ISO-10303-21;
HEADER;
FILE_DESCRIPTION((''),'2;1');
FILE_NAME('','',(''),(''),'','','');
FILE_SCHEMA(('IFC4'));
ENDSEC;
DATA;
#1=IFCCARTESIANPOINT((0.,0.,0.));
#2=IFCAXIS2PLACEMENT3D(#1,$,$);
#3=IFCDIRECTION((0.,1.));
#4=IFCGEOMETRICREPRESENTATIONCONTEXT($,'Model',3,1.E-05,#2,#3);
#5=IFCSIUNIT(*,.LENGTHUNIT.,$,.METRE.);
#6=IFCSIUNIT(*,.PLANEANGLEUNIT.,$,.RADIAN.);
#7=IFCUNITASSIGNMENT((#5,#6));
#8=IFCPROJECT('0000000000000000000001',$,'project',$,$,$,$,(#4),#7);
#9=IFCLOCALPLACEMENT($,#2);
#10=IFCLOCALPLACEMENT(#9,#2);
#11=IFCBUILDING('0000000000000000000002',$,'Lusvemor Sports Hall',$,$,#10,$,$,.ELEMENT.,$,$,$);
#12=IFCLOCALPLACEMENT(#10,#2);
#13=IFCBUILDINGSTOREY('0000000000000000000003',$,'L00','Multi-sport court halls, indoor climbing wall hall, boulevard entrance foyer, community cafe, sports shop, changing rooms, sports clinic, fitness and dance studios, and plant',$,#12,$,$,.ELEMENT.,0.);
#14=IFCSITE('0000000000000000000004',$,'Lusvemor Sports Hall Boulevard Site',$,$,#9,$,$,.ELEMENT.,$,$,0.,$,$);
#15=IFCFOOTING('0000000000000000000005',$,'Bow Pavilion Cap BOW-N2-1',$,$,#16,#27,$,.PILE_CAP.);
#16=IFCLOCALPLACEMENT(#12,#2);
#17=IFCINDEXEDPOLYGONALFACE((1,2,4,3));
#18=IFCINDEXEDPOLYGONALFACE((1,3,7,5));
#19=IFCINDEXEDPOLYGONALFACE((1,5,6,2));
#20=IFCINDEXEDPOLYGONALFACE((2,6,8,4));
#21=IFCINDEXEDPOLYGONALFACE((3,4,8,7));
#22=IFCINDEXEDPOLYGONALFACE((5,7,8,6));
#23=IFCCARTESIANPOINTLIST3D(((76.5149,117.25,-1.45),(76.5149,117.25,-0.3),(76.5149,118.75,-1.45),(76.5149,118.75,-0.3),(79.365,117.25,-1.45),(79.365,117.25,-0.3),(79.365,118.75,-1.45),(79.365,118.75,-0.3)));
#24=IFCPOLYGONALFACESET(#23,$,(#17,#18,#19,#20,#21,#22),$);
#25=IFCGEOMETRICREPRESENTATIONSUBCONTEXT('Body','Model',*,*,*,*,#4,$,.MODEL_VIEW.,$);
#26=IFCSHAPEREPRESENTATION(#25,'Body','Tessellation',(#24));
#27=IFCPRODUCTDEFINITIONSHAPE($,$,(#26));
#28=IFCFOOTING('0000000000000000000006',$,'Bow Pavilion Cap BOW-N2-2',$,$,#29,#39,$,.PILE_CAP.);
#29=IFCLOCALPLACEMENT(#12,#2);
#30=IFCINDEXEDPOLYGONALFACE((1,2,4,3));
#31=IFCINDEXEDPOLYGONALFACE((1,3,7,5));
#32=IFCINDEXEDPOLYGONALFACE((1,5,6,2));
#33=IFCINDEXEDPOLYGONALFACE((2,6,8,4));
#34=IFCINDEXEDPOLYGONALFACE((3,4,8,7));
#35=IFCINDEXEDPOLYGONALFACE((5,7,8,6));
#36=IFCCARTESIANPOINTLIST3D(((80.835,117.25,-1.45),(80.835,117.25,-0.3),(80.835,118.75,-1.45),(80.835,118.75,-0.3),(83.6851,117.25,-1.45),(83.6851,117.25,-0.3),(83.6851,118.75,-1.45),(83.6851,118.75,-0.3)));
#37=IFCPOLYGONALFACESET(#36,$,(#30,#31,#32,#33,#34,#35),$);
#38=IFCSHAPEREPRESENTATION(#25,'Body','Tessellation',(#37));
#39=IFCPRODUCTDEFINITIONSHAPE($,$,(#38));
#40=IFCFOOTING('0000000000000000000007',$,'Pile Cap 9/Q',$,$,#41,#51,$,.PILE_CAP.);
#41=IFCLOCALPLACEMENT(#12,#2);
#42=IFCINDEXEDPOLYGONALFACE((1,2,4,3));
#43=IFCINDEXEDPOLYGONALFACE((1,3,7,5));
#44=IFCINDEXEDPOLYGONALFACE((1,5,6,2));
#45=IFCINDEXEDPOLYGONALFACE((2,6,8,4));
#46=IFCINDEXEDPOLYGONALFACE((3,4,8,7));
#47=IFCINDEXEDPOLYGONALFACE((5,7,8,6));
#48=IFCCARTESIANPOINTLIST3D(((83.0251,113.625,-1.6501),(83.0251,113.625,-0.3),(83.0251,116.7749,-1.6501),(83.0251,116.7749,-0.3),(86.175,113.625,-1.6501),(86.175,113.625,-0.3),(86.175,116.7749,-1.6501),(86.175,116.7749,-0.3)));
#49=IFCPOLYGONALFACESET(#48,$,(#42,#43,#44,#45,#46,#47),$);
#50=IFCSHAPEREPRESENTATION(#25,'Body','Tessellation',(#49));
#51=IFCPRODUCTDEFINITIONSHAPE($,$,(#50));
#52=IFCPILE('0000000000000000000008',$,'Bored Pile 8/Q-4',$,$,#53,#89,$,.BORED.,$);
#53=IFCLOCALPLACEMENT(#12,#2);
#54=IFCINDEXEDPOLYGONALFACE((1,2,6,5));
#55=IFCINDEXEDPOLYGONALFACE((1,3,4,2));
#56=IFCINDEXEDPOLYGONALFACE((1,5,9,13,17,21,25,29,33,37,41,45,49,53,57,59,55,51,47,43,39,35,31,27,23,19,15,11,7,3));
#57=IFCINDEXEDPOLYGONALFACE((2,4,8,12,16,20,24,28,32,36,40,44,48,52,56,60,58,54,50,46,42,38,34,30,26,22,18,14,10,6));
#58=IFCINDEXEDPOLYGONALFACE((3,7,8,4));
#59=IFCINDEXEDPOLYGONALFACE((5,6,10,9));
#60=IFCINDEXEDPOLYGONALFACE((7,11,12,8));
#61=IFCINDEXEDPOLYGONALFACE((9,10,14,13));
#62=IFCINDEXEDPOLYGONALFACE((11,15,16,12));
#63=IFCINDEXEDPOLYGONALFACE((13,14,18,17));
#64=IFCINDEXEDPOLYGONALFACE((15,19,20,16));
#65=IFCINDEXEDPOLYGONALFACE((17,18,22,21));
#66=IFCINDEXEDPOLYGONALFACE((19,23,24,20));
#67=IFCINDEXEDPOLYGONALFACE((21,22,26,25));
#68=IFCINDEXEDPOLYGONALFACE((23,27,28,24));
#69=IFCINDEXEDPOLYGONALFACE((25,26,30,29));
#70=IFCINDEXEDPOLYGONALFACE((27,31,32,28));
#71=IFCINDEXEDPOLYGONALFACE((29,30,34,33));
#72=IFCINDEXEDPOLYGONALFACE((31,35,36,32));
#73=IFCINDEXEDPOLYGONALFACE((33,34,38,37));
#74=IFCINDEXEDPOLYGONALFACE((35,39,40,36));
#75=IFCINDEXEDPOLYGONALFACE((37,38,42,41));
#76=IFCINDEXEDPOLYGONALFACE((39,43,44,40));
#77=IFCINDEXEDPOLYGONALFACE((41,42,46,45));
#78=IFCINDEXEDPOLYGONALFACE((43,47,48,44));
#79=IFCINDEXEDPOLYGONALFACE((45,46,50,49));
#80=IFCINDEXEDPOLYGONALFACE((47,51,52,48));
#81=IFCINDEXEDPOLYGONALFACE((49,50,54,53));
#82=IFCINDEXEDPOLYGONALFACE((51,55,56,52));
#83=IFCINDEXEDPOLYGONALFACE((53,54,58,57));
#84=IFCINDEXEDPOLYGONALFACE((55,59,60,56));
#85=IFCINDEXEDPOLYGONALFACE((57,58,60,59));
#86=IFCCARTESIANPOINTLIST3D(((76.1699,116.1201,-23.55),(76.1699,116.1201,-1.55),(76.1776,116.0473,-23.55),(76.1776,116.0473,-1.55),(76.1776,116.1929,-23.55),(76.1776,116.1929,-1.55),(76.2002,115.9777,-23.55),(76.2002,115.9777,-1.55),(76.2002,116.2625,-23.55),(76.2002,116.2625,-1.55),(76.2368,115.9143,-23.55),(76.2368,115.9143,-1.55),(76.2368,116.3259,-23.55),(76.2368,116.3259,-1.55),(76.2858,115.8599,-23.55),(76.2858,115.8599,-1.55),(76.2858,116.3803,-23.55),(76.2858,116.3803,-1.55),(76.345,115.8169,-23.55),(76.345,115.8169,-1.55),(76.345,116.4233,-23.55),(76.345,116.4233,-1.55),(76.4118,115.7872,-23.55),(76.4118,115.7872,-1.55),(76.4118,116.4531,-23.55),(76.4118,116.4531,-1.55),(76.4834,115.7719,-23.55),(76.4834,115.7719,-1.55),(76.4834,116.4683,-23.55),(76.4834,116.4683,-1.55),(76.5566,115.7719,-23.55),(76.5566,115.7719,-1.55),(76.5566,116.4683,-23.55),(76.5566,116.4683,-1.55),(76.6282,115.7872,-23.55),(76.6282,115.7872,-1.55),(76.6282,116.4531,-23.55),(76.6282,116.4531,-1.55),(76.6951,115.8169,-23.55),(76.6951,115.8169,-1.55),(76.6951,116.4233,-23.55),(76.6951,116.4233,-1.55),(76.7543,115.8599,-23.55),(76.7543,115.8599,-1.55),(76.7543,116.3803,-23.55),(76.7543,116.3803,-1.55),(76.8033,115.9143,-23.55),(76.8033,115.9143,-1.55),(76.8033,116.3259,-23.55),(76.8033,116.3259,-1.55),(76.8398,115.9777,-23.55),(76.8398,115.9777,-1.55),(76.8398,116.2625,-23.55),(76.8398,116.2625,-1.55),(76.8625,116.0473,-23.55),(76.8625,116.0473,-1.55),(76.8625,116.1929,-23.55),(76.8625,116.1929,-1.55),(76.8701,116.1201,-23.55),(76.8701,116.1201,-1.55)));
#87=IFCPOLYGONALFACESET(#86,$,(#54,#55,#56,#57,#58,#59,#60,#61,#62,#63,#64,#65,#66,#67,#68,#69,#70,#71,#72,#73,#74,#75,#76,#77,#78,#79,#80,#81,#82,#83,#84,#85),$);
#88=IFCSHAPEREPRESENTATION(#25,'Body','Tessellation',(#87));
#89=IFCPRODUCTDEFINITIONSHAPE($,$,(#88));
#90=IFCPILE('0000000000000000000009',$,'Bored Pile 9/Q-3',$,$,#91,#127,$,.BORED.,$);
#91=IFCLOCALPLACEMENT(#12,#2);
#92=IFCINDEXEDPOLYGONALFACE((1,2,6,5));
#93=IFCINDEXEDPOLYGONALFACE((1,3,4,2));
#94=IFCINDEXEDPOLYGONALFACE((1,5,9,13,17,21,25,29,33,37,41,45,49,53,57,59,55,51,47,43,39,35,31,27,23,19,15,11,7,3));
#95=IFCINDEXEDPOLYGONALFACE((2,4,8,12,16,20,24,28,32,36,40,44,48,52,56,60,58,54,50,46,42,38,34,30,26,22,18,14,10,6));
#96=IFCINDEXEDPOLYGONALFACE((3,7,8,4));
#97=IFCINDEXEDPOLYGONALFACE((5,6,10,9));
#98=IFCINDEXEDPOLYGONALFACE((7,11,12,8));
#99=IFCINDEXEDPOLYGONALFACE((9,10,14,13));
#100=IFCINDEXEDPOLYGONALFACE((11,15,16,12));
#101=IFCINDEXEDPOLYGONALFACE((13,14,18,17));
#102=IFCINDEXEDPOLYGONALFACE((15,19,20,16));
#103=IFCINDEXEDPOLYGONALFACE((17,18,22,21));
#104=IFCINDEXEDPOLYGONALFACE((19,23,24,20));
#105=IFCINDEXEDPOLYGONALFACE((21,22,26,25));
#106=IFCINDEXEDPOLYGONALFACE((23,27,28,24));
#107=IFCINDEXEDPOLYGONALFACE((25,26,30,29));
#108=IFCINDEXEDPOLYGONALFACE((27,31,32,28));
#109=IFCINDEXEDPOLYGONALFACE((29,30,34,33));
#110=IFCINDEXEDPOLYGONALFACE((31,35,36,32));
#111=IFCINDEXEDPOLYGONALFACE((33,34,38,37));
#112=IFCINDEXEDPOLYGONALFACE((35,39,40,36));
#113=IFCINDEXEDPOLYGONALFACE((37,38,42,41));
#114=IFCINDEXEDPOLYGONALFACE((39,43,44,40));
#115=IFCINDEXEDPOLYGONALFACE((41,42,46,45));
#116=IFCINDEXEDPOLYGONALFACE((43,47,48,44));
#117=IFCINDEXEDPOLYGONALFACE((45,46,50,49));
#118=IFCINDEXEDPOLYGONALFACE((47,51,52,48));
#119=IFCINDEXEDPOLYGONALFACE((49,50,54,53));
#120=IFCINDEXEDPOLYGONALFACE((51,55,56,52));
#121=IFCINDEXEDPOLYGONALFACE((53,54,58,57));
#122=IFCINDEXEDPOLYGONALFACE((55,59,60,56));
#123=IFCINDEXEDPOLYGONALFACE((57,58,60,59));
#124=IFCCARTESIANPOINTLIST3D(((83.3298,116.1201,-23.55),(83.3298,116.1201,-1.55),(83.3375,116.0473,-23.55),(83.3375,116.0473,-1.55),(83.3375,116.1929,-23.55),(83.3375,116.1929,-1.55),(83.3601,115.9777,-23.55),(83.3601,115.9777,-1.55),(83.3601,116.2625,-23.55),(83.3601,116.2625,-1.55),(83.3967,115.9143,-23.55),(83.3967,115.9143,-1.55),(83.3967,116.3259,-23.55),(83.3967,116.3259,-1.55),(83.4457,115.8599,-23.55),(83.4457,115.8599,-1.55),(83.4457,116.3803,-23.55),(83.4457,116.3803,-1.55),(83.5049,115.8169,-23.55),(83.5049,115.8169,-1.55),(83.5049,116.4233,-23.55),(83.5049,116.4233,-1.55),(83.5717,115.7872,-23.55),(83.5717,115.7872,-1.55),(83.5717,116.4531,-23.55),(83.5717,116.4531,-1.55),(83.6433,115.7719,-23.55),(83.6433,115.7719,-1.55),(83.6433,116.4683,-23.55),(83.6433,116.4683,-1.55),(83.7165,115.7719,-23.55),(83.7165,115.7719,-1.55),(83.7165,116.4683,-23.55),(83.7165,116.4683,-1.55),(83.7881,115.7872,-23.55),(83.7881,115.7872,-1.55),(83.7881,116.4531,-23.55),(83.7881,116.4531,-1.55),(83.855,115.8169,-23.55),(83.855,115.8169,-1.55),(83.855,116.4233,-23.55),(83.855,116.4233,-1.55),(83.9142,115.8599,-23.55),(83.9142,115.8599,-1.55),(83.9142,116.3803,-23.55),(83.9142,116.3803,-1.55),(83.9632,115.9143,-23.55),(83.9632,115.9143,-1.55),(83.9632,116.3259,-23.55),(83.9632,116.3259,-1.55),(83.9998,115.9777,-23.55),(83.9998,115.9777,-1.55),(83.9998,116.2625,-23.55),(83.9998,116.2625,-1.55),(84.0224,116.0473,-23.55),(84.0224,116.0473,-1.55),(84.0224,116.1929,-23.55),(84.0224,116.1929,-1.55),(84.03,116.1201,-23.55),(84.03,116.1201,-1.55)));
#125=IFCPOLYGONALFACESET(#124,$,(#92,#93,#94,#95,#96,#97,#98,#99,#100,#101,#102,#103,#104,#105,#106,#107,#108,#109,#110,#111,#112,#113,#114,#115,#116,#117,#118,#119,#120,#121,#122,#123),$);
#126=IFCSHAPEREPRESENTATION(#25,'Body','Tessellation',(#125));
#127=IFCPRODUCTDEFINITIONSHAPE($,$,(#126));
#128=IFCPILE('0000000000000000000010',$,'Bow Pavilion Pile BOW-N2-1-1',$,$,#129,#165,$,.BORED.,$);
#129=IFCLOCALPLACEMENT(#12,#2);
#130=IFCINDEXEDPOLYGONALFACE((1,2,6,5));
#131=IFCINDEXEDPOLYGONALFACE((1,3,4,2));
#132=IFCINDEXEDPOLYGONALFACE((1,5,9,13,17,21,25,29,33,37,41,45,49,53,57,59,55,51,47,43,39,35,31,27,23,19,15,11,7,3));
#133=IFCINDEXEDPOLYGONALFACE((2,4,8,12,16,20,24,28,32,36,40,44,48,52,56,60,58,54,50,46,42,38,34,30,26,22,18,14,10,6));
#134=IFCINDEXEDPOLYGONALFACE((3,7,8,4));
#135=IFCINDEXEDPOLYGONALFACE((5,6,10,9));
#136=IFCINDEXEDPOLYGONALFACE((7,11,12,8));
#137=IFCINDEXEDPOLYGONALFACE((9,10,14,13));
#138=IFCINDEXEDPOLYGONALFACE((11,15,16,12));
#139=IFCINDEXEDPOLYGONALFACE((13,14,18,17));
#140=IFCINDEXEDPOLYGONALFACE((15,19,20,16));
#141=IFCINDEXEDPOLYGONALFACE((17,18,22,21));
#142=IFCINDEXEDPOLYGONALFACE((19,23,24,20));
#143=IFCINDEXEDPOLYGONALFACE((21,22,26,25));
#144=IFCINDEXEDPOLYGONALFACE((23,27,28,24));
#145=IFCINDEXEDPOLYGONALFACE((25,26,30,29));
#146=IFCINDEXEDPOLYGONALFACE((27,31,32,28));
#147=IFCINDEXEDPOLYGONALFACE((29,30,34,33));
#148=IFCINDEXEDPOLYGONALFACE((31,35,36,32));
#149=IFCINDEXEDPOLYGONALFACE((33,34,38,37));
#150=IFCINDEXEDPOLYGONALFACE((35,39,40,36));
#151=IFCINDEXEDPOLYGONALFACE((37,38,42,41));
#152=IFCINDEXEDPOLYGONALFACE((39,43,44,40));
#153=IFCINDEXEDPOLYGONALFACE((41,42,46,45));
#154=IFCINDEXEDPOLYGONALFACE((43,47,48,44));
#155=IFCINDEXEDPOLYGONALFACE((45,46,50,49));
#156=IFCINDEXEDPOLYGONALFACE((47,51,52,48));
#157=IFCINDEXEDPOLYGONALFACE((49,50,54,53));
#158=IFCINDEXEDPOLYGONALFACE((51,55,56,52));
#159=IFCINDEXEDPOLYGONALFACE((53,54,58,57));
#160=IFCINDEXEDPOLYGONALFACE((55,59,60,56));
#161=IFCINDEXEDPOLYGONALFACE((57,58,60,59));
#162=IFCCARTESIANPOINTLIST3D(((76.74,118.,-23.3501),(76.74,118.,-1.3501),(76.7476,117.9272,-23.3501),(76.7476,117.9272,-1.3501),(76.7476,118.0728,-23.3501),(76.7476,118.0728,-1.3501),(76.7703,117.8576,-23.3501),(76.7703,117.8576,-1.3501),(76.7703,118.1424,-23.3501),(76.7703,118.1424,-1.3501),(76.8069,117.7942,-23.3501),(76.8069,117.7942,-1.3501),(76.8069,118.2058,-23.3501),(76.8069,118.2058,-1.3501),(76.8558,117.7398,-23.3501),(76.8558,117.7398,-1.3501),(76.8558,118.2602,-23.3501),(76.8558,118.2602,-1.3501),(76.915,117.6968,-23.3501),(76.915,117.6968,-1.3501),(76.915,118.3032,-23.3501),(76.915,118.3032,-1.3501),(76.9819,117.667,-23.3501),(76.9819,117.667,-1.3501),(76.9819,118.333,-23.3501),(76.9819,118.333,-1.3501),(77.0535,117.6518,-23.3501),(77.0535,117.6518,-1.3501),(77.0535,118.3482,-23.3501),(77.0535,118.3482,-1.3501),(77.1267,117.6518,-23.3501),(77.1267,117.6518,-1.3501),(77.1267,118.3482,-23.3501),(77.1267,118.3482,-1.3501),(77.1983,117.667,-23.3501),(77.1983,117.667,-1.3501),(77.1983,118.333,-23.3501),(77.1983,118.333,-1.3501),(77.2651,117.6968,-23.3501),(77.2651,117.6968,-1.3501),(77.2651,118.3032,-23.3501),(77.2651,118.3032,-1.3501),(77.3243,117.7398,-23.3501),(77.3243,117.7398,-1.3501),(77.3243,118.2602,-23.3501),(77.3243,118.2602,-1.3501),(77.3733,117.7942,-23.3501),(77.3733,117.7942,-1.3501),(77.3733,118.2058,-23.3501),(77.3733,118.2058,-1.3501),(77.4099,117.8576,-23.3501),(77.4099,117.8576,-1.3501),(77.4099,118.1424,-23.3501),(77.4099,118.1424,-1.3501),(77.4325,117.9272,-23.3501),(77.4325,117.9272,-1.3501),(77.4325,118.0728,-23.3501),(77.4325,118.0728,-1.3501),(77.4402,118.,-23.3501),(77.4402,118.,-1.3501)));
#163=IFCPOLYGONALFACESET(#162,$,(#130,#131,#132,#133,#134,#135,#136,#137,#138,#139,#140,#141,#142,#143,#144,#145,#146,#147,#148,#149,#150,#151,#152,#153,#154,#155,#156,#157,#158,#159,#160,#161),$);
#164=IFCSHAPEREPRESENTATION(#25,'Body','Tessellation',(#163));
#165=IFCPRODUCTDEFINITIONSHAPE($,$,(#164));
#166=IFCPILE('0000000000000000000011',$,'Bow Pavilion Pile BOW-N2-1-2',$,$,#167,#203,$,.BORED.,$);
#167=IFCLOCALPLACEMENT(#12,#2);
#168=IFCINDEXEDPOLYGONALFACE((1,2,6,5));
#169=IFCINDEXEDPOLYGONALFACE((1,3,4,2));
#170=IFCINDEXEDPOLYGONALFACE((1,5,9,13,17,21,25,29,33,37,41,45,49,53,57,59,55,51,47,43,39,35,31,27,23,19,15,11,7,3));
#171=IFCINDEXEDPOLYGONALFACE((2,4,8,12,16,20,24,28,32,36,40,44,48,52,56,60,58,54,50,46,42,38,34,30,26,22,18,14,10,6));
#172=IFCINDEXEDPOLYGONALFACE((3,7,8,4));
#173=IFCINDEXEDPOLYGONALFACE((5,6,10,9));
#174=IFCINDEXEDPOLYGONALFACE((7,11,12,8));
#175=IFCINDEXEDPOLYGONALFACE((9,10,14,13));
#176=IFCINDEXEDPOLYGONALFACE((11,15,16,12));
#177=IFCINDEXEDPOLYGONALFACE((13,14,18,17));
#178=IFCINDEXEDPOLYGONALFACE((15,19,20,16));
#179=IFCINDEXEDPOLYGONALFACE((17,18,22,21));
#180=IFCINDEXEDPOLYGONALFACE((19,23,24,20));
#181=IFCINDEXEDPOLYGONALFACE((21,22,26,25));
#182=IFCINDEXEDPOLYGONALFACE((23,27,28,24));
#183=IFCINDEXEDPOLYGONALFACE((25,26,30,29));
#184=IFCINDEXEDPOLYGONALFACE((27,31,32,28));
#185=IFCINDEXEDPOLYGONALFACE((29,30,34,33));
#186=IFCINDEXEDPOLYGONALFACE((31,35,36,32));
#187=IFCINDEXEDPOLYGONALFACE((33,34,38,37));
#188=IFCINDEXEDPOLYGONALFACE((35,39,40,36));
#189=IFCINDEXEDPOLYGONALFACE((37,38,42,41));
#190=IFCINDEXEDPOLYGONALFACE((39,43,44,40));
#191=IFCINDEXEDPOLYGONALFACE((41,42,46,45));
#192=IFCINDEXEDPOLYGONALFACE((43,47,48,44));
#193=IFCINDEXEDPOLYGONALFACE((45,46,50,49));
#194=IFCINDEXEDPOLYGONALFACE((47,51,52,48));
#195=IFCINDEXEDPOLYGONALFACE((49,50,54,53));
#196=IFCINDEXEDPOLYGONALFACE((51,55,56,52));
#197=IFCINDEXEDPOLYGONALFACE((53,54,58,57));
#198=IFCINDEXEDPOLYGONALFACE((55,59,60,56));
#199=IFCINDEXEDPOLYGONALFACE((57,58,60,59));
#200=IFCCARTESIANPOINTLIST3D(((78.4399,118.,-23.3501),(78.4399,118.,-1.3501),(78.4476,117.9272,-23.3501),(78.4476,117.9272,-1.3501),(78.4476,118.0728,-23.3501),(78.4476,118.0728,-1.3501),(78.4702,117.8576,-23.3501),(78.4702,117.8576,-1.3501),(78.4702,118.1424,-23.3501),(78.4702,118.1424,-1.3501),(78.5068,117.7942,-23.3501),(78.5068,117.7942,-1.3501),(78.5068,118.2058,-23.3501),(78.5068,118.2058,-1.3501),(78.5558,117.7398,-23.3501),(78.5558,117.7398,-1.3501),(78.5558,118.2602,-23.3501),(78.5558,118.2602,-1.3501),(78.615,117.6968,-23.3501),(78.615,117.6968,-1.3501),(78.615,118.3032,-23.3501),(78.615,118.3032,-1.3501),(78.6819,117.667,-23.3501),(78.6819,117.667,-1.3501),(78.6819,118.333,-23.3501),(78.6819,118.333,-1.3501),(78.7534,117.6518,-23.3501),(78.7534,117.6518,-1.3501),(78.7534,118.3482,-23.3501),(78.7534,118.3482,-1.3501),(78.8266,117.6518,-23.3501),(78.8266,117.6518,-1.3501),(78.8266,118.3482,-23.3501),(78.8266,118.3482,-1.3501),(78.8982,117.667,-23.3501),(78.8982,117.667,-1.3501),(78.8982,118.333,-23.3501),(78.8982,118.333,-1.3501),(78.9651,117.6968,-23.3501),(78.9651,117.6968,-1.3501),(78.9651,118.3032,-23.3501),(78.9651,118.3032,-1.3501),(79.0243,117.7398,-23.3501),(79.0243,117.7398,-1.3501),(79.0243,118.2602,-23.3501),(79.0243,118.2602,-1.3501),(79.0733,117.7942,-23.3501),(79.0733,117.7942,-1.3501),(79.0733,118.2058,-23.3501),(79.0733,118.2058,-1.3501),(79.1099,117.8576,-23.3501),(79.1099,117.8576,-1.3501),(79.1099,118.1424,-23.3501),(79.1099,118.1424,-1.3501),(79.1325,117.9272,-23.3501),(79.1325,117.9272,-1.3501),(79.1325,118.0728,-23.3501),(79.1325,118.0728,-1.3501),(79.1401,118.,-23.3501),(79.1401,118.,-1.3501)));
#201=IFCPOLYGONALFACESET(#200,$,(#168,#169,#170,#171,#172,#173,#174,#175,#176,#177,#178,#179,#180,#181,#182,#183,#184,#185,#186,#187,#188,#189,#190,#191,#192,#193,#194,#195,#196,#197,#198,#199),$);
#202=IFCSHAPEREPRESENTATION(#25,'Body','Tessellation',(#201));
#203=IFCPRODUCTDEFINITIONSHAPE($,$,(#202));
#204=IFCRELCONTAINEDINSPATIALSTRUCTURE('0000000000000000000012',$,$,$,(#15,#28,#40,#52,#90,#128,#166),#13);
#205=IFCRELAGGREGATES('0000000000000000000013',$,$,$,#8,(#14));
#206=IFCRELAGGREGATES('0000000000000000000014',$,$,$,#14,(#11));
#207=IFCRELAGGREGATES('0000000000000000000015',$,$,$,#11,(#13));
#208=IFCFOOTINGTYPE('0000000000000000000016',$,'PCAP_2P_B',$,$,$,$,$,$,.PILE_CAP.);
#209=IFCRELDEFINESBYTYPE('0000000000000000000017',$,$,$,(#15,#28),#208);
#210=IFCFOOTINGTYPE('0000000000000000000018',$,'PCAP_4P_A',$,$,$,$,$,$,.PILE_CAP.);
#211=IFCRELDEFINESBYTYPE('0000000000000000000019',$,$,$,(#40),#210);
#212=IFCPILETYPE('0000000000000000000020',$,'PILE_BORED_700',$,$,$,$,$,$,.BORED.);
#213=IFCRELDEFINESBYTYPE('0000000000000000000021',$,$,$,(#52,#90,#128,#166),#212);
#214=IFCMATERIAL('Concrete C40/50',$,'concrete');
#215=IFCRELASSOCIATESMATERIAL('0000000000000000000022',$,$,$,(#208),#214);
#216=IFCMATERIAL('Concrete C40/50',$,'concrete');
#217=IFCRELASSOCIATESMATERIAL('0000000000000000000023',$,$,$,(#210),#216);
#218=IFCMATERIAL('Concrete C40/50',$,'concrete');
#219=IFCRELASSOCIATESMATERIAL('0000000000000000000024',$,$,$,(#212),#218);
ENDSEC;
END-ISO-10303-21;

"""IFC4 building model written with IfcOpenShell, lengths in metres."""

from ifc_helpers import new_model, si_unit, direction, frame, origin, origin_2d, place, context, subcontext, project, spatial, rectangle, circle, extrude, material, material_profile, profile_set, type_object, element, save


model = new_model("IFC4")

# Units and contexts
model_context = context("Model", 3, precision=1e-05, world=origin(), true_north=direction((0.0, 1.0)))
body_context = subcontext(model_context, "Body", "Model", "MODEL_VIEW")
ifc_project = project(units=[si_unit("LENGTHUNIT", "METRE"), si_unit("PLANEANGLEUNIT", "RADIAN")], contexts=[model_context])

# Site, building, storey
site_placement = place(None, origin())
site = spatial("IfcSite", under=ifc_project, at=site_placement, Name="Lusvemor Sports Hall Boulevard Site", CompositionType="ELEMENT", RefElevation=0.0)
building_placement = place(site_placement, origin())
building = spatial("IfcBuilding", under=site, at=building_placement, Name="Lusvemor Sports Hall", CompositionType="ELEMENT")
storey_placement = place(building_placement, origin())
storey = spatial("IfcBuildingStorey", under=building, at=storey_placement, Name="L00", Description="Multi-sport court halls, indoor climbing wall hall, boulevard entrance foyer, community cafe, sports shop, changing rooms, sports clinic, fitness and dance studios, and plant", CompositionType="ELEMENT", Elevation=0.0)

# Footings
ifc_material_1 = material(Name="Concrete C40/50", Category="concrete")
footing_type_1 = type_object("IfcFootingType", Name="PCAP_2P_B", PredefinedType="PILE_CAP", material=ifc_material_1)
for number, where, z_axis, x_axis, name in (
    (1, (77.9399, 118.0, -1.45), (0.0, 0.0, 1.0), (1.0, 0.0, 0.0), "Bow Pavilion Cap BOW-N2-1"),
    (2, (82.26, 118.0, -1.45), (0.0, 0.0, 1.0), (1.0, 0.0, 0.0), "Bow Pavilion Cap BOW-N2-2"),
):
    element("IfcFooting", number, at=place(storey_placement, frame(where, z_axis=z_axis, x_axis=x_axis)), inside=storey, type_object=footing_type_1, Name=name, PredefinedType="PILE_CAP", context=body_context, shape_type="SweptSolid", body=[
        extrude(rectangle(XDim=2.8501, YDim=1.5, at=origin_2d()), origin(), (0.0, 0.0, 1.0), 1.1499),
    ])
ifc_material_2 = material(Name="Concrete C40/50", Category="concrete")
footing_type_2 = type_object("IfcFootingType", Name="PCAP_4P_A", PredefinedType="PILE_CAP", material=ifc_material_2)
footing_placement = place(storey_placement, frame((84.6001, 115.2, -1.6501), z_axis=(0.0, 0.0, 1.0), x_axis=(1.0, 0.0, 0.0)))
element("IfcFooting", 3, at=footing_placement, inside=storey, type_object=footing_type_2, Name="Pile Cap 9/Q", PredefinedType="PILE_CAP", context=body_context, shape_type="SweptSolid", body=[
    extrude(rectangle(XDim=3.1499, YDim=3.1499, at=origin_2d()), origin(), (0.0, 0.0, 1.0), 1.3501),
])

# Piles
ifc_material_3 = material(Name="Concrete C40/50", Category="concrete")
ifc_material_profile_1 = material_profile(ifc_material_3, circle(Radius=0.3501, at=origin_2d()), Name="PILE700")
ifc_profile_set_1 = profile_set([ifc_material_profile_1], Name="Concrete C40/50")
pile_type = type_object("IfcPileType", Name="PILE_BORED_700", PredefinedType="BORED", material=ifc_profile_set_1)
for number, where, z_axis, x_axis, name in (
    (4, (76.52, 116.1201, -1.55), (0.0, 0.0, -1.0), (1.0, 0.0, 0.0), "Bored Pile 8/Q-4"),
    (5, (83.6799, 116.1201, -1.55), (0.0, 0.0, -1.0), (1.0, 0.0, 0.0), "Bored Pile 9/Q-3"),
    (6, (77.0901, 118.0, -1.3501), (0.0, 0.0, -1.0), (1.0, 0.0, 0.0), "Bow Pavilion Pile BOW-N2-1-1"),
    (7, (78.79, 118.0, -1.3501), (0.0, 0.0, -1.0), (1.0, 0.0, 0.0), "Bow Pavilion Pile BOW-N2-1-2"),
):
    element("IfcPile", number, at=place(storey_placement, frame(where, z_axis=z_axis, x_axis=x_axis)), inside=storey, type_object=pile_type, Name=name, PredefinedType="BORED", context=body_context, shape_type="SweptSolid", body=[
        extrude(circle(Radius=0.3501, at=origin_2d()), origin(), (0.0, 0.0, 1.0), 22.0),
    ])

save(model, "model.ifc")
